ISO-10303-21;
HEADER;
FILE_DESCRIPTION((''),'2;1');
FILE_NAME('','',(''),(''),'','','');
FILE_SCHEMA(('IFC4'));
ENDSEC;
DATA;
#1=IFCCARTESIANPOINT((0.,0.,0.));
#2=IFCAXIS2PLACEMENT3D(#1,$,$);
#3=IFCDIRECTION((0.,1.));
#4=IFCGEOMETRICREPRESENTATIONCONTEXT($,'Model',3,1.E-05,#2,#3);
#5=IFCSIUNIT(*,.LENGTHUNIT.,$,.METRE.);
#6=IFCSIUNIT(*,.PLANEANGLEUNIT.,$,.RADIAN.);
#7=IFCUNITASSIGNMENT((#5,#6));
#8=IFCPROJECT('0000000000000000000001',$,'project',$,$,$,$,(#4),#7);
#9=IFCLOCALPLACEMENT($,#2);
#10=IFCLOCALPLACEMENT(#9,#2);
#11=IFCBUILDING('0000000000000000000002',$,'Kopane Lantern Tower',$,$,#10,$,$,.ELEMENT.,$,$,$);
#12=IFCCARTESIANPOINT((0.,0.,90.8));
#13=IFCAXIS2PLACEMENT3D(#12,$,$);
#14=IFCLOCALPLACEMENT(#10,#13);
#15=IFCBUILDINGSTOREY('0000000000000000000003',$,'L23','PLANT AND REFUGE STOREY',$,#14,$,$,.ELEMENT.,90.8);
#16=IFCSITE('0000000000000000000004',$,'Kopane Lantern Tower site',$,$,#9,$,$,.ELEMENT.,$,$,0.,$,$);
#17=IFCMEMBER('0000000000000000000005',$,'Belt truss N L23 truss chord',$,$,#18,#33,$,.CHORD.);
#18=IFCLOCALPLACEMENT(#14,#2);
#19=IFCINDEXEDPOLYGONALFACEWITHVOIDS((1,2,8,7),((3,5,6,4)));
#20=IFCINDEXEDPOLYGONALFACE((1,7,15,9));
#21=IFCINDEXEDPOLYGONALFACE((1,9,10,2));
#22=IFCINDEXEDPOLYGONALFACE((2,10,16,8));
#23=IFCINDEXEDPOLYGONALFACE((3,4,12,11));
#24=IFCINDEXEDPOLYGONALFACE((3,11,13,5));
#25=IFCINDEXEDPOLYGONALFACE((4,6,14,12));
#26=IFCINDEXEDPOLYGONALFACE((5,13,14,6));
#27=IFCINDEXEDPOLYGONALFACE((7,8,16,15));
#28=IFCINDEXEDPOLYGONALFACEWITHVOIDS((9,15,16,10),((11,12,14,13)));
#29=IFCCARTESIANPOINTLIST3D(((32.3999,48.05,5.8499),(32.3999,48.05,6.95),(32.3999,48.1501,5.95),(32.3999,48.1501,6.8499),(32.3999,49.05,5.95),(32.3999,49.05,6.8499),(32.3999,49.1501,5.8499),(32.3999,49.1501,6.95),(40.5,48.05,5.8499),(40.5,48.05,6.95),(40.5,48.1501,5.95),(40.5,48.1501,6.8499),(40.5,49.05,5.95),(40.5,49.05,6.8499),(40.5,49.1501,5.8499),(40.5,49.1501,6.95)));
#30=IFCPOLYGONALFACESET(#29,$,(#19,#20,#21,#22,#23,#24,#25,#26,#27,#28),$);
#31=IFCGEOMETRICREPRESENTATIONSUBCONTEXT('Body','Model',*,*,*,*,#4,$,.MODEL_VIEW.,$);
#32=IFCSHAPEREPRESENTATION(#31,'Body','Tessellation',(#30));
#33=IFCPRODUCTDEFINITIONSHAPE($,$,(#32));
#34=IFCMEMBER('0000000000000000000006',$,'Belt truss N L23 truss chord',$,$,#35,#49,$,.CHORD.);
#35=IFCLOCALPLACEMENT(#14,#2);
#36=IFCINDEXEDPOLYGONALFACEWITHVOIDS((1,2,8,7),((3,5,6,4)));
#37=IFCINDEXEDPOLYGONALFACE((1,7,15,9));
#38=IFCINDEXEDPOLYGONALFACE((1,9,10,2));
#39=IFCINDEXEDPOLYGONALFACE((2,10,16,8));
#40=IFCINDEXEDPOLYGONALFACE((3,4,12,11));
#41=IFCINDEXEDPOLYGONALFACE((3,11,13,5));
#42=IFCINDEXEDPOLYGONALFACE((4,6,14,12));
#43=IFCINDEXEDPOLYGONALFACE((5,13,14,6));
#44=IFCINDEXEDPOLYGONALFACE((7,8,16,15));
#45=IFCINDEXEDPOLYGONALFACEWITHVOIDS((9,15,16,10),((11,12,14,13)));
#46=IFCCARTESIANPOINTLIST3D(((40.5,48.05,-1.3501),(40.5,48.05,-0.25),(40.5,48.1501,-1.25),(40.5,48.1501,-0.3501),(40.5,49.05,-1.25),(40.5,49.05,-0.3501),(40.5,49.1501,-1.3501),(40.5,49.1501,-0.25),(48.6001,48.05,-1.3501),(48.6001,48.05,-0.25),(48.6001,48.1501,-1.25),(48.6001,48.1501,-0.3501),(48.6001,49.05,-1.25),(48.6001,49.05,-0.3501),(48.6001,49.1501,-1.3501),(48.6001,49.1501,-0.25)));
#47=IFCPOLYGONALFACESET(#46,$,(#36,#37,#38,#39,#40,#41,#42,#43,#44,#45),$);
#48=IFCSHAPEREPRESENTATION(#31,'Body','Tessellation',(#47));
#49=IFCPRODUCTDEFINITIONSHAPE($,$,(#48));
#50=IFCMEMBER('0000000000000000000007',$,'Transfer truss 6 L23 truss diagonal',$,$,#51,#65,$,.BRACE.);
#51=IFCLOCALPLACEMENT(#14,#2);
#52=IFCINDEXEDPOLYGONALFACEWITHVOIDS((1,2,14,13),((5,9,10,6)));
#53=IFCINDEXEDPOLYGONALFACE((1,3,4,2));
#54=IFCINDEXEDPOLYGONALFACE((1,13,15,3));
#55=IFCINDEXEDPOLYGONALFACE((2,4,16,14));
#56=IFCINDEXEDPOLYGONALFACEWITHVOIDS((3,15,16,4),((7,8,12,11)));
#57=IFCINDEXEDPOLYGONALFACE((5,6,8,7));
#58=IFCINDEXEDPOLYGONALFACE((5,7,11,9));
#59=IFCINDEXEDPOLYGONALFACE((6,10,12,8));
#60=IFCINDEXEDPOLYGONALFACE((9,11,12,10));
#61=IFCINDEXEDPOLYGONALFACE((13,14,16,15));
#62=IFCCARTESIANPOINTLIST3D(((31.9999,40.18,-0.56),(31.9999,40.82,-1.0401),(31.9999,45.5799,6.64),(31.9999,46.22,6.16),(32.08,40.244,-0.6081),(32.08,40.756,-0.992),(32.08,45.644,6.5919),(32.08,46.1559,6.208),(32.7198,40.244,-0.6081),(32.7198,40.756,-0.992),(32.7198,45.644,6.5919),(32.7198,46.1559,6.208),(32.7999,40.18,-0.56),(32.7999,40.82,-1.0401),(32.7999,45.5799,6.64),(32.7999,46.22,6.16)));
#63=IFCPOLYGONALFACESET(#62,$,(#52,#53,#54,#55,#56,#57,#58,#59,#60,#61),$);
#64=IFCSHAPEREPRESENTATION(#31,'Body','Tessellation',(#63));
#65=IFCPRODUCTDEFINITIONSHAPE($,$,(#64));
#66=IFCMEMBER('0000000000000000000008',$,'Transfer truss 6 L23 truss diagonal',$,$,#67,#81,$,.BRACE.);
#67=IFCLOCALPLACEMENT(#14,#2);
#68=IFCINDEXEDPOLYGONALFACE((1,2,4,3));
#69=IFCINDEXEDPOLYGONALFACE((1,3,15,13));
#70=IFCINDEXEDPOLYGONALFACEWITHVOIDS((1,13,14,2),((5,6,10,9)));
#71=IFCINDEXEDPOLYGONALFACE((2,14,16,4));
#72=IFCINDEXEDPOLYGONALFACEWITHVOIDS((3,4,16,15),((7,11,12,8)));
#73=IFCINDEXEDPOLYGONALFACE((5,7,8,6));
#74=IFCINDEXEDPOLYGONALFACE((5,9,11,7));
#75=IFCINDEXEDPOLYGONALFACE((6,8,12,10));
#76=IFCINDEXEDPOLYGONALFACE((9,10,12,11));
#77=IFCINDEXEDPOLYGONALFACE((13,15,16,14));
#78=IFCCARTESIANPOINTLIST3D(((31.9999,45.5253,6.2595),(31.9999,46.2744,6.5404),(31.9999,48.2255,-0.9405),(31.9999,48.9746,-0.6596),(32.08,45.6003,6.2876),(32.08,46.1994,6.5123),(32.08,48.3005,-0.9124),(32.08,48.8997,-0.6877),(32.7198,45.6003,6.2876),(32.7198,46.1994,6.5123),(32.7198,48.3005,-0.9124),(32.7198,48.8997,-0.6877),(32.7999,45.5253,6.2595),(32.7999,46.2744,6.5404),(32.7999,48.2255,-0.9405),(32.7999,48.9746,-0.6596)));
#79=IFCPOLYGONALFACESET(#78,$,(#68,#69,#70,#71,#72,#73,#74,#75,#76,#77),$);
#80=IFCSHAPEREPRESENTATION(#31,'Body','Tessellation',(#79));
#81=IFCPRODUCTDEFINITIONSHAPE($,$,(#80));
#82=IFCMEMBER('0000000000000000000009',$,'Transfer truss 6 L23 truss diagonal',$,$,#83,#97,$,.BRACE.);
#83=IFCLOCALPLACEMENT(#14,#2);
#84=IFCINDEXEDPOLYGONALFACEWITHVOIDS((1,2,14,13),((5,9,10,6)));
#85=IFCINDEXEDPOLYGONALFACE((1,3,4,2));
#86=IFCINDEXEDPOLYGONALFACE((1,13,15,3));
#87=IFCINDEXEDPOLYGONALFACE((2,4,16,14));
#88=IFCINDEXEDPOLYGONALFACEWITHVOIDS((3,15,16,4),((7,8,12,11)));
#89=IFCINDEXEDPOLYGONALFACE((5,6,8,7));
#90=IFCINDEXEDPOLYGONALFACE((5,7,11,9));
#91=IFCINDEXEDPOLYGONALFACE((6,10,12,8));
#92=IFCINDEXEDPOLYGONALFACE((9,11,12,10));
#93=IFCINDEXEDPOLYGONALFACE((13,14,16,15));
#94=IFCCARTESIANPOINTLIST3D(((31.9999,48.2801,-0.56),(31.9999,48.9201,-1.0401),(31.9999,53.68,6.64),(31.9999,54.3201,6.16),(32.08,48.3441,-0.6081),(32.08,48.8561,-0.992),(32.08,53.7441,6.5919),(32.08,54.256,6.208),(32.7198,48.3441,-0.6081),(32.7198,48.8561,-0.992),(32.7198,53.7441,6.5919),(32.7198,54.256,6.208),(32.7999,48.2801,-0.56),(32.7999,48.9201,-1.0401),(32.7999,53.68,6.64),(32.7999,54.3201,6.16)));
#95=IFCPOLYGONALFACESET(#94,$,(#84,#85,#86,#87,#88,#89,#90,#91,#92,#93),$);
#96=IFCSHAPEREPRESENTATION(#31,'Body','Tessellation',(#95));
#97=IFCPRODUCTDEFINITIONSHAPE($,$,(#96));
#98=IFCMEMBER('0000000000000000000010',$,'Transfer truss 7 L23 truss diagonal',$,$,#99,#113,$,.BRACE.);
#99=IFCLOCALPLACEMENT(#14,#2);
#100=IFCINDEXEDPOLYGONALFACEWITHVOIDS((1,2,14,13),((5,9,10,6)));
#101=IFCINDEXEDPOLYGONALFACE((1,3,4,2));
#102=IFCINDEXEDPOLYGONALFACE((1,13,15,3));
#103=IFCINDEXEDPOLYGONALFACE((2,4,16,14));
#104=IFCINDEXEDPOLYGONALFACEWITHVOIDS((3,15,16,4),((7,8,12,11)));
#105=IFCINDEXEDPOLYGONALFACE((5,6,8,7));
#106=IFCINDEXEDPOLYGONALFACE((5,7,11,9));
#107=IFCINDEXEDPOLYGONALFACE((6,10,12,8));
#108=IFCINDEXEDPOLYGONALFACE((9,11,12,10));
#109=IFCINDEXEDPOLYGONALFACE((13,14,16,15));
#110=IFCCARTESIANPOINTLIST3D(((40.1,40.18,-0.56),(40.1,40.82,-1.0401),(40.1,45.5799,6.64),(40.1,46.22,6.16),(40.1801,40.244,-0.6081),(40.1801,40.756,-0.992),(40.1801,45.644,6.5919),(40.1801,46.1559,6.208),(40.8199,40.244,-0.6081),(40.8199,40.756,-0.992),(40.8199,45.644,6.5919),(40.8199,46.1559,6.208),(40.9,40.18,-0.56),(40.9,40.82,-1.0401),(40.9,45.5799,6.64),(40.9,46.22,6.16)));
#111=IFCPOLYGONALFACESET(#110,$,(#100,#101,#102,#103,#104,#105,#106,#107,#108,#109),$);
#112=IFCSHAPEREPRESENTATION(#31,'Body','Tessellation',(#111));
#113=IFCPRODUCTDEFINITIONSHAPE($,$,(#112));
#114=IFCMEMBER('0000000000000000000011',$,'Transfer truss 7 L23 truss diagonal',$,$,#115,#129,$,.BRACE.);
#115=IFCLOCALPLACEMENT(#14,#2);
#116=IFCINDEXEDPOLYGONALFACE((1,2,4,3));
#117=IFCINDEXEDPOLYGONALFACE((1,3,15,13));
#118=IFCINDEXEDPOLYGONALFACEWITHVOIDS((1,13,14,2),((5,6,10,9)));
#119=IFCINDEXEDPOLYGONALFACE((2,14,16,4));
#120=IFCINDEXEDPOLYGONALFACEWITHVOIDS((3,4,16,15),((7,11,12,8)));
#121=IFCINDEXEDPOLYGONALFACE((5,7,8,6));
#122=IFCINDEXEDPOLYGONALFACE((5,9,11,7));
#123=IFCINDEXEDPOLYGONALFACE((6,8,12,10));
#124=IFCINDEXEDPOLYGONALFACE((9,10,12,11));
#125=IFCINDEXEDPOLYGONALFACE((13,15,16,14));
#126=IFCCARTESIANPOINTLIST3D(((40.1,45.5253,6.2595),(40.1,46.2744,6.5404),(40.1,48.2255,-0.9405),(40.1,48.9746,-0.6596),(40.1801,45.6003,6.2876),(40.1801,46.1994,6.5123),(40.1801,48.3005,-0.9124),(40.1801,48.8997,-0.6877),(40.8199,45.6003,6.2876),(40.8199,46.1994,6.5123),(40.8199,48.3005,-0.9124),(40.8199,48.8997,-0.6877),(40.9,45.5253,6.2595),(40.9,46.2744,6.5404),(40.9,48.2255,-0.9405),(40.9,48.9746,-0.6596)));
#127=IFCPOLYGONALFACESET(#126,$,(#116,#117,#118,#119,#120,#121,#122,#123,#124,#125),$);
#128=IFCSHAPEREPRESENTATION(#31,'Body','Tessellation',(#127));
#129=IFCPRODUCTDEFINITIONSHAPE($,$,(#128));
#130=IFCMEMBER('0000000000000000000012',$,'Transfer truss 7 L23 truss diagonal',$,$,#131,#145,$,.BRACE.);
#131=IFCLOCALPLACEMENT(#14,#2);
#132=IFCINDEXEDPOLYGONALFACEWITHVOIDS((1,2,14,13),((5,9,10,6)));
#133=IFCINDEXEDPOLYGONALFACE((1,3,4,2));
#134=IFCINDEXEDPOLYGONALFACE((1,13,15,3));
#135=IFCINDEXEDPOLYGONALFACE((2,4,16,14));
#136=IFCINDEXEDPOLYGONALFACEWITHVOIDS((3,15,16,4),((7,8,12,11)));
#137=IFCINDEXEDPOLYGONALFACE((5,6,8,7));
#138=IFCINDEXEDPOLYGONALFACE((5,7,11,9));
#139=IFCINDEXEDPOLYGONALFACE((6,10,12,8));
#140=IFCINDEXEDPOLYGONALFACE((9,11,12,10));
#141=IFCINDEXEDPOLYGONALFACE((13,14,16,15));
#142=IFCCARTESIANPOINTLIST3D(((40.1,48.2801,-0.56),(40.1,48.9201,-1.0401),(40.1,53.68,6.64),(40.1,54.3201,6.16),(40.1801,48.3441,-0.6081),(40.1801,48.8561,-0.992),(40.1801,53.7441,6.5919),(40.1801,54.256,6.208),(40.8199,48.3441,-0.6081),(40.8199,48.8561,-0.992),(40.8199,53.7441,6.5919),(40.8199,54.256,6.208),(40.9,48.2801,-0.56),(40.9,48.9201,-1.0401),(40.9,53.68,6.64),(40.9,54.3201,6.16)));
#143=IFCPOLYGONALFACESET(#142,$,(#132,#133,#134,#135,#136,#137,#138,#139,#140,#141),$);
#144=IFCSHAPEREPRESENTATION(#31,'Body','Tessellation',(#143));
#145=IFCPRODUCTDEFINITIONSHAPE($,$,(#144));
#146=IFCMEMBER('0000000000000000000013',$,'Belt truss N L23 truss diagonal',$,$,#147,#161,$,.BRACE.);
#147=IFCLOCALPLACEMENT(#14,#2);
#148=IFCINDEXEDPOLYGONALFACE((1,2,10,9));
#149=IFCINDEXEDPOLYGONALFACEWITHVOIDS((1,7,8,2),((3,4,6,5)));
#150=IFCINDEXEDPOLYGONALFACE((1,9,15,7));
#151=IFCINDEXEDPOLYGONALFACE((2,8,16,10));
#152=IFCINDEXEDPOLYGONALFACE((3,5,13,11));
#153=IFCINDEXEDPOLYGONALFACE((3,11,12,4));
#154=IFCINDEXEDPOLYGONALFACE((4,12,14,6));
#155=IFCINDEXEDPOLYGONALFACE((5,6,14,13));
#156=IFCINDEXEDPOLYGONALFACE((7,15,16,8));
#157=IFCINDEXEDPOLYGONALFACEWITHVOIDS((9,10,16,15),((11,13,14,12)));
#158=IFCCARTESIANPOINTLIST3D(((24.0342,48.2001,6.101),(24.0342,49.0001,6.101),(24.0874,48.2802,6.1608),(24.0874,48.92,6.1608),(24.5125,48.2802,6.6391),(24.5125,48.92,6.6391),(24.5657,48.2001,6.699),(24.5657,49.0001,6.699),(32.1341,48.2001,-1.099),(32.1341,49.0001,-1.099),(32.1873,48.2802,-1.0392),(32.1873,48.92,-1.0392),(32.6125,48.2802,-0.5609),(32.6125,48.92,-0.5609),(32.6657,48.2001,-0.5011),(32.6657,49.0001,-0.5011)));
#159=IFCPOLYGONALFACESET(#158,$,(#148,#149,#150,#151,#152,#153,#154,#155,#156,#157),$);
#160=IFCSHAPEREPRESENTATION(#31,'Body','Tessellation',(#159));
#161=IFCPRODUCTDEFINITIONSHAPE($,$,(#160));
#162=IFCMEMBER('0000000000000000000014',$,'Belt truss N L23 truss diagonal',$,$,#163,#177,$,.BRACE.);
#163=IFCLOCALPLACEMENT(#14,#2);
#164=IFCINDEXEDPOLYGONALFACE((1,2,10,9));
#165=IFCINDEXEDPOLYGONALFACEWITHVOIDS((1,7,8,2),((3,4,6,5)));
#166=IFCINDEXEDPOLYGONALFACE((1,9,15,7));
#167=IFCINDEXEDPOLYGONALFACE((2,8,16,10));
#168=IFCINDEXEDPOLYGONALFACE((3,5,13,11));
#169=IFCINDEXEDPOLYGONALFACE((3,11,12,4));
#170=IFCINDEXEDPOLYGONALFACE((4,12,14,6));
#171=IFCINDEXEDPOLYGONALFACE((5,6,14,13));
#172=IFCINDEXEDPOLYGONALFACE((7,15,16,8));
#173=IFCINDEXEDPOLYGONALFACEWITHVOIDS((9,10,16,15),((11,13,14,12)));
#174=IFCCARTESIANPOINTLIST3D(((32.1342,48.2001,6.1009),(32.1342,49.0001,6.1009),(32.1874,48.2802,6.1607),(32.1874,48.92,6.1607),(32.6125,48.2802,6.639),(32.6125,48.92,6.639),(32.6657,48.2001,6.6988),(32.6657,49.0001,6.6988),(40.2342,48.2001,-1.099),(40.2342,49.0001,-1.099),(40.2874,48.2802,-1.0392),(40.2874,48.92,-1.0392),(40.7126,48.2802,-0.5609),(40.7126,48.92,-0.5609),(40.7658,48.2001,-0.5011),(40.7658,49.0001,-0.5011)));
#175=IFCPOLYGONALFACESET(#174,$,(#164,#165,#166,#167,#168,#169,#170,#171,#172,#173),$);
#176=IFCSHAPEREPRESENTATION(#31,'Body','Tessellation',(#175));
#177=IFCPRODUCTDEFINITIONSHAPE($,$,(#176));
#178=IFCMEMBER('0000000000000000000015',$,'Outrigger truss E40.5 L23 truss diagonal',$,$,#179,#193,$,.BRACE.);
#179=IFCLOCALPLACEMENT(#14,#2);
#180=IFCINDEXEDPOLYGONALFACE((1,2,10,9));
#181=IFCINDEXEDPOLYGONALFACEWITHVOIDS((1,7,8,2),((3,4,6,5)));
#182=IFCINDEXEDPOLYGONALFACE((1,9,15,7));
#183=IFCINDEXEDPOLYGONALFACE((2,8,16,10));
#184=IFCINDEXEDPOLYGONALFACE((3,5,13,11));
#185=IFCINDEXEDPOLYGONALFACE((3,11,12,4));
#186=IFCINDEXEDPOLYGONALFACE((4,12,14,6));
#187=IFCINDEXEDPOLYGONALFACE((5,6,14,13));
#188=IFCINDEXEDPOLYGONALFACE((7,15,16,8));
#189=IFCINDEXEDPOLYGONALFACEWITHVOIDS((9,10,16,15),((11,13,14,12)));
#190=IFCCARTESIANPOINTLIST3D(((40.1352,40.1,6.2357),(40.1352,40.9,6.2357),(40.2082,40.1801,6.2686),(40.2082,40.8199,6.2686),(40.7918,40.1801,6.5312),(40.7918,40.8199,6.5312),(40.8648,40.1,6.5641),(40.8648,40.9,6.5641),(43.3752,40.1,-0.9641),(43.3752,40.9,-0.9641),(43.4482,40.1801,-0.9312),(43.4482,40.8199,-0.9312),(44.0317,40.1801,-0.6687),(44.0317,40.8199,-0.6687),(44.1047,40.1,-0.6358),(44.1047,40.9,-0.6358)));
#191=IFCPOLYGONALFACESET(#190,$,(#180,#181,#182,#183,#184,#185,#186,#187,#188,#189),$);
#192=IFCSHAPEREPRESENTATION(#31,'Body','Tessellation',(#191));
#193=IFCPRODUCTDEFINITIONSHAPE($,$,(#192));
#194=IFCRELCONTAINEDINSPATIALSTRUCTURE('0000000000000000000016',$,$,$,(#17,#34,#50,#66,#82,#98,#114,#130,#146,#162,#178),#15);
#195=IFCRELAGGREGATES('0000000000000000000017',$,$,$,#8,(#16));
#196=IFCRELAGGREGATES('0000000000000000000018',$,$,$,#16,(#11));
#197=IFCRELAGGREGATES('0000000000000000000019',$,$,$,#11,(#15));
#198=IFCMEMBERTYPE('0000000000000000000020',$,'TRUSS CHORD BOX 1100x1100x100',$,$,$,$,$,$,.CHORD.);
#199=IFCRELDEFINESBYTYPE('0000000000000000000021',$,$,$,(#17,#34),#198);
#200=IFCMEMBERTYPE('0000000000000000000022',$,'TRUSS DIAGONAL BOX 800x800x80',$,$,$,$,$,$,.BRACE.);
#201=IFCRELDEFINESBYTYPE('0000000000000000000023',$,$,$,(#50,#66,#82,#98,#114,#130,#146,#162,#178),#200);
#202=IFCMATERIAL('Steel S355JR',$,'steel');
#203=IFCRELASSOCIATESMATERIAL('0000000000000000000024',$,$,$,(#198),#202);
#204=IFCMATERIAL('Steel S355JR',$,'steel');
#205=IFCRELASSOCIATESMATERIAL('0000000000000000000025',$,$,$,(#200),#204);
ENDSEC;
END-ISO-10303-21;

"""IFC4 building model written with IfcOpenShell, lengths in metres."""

from ifc_helpers import new_model, si_unit, direction, frame, origin, origin_2d, place, context, subcontext, project, spatial, hollow_rectangle, extrude, material, material_profile, profile_set, type_object, element, save


model = new_model("IFC4")

# Units and contexts
model_context = context("Model", 3, precision=1e-05, world=origin(), true_north=direction((0.0, 1.0)))
body_context = subcontext(model_context, "Body", "Model", "MODEL_VIEW")
ifc_project = project(units=[si_unit("LENGTHUNIT", "METRE"), si_unit("PLANEANGLEUNIT", "RADIAN")], contexts=[model_context])

# Site, building, storey
site_placement = place(None, origin())
site = spatial("IfcSite", under=ifc_project, at=site_placement, Name="Kopane Lantern Tower site", CompositionType="ELEMENT", RefElevation=0.0)
building_placement = place(site_placement, origin())
building = spatial("IfcBuilding", under=site, at=building_placement, Name="Kopane Lantern Tower", CompositionType="ELEMENT")
storey_placement = place(building_placement, frame((0.0, 0.0, 90.8)))
storey = spatial("IfcBuildingStorey", under=building, at=storey_placement, Name="L23", Description="PLANT AND REFUGE STOREY", CompositionType="ELEMENT", Elevation=90.8)

# Members
ifc_material_1 = material(Name="Steel S355JR", Category="steel")
ifc_material_profile_1 = material_profile(ifc_material_1, hollow_rectangle(XDim=1.1001, YDim=1.1001, WallThickness=0.1001, at=origin_2d()), Name="BOX 1100x1100x100")
ifc_profile_set_1 = profile_set([ifc_material_profile_1], Name="Steel S355JR")
member_type_1 = type_object("IfcMemberType", Name="TRUSS CHORD BOX 1100x1100x100", PredefinedType="CHORD", material=ifc_profile_set_1)
for number, where, z_axis, x_axis, name in (
    (1, (32.3999, 48.6001, 6.3999), (1.0, 0.0, 0.0), (0.0, 1.0, 0.0), "Belt truss N L23 truss chord"),
    (2, (40.5, 48.6001, -0.8), (1.0, 0.0, 0.0), (0.0, 1.0, 0.0), "Belt truss N L23 truss chord"),
):
    element("IfcMember", number, at=place(storey_placement, frame(where, z_axis=z_axis, x_axis=x_axis)), inside=storey, type_object=member_type_1, Name=name, PredefinedType="CHORD", context=body_context, shape_type="SweptSolid", body=[
        extrude(hollow_rectangle(XDim=1.1001, YDim=1.1001, WallThickness=0.1001, at=origin_2d()), origin(), (0.0, 0.0, 1.0), 8.1001),
    ])
ifc_material_2 = material(Name="Steel S355JR", Category="steel")
ifc_material_profile_2 = material_profile(ifc_material_2, hollow_rectangle(XDim=0.8, YDim=0.8, WallThickness=0.0801, at=origin_2d()), Name="BOX 800x800x80")
ifc_profile_set_2 = profile_set([ifc_material_profile_2], Name="Steel S355JR")
member_type_2 = type_object("IfcMemberType", Name="TRUSS DIAGONAL BOX 800x800x80", PredefinedType="BRACE", material=ifc_profile_set_2)
member_1_placement = place(storey_placement, frame((32.3999, 40.5, -0.8), z_axis=(0.0, 0.599996, 0.800003), x_axis=(-1.0, 0.0, 0.0)))
element("IfcMember", 3, at=member_1_placement, inside=storey, type_object=member_type_2, Name="Transfer truss 6 L23 truss diagonal", PredefinedType="BRACE", context=body_context, shape_type="SweptSolid", body=[
    extrude(hollow_rectangle(XDim=0.8, YDim=0.8, WallThickness=0.0801, at=origin_2d()), origin(), (0.0, 0.0, 1.0), 9.0),
])
member_2_placement = place(storey_placement, frame((32.3999, 48.6001, -0.8), z_axis=(0.0, -0.351148, 0.93632), x_axis=(1.0, 0.0, 0.0)))
element("IfcMember", 4, at=member_2_placement, inside=storey, type_object=member_type_2, Name="Transfer truss 6 L23 truss diagonal", PredefinedType="BRACE", context=body_context, shape_type="SweptSolid", body=[
    extrude(hollow_rectangle(XDim=0.8, YDim=0.8, WallThickness=0.0801, at=origin_2d()), origin(), (0.0, 0.0, 1.0), 7.6897),
])
for number, where, z_axis, x_axis, name in (
    (5, (32.3999, 48.6001, -0.8), (0.0, 0.599996, 0.800003), (-1.0, 0.0, 0.0), "Transfer truss 6 L23 truss diagonal"),
    (6, (40.5, 40.5, -0.8), (0.0, 0.599996, 0.800003), (-1.0, 0.0, 0.0), "Transfer truss 7 L23 truss diagonal"),
):
    element("IfcMember", number, at=place(storey_placement, frame(where, z_axis=z_axis, x_axis=x_axis)), inside=storey, type_object=member_type_2, Name=name, PredefinedType="BRACE", context=body_context, shape_type="SweptSolid", body=[
        extrude(hollow_rectangle(XDim=0.8, YDim=0.8, WallThickness=0.0801, at=origin_2d()), origin(), (0.0, 0.0, 1.0), 9.0),
    ])
member_3_placement = place(storey_placement, frame((40.5, 48.6001, -0.8), z_axis=(0.0, -0.351148, 0.93632), x_axis=(1.0, 0.0, 0.0)))
element("IfcMember", 7, at=member_3_placement, inside=storey, type_object=member_type_2, Name="Transfer truss 7 L23 truss diagonal", PredefinedType="BRACE", context=body_context, shape_type="SweptSolid", body=[
    extrude(hollow_rectangle(XDim=0.8, YDim=0.8, WallThickness=0.0801, at=origin_2d()), origin(), (0.0, 0.0, 1.0), 7.6897),
])
member_4_placement = place(storey_placement, frame((40.5, 48.6001, -0.8), z_axis=(0.0, 0.599996, 0.800003), x_axis=(-1.0, 0.0, 0.0)))
element("IfcMember", 8, at=member_4_placement, inside=storey, type_object=member_type_2, Name="Transfer truss 7 L23 truss diagonal", PredefinedType="BRACE", context=body_context, shape_type="SweptSolid", body=[
    extrude(hollow_rectangle(XDim=0.8, YDim=0.8, WallThickness=0.0801, at=origin_2d()), origin(), (0.0, 0.0, 1.0), 9.0),
])
for number, where, z_axis, x_axis, name in (
    (9, (32.3999, 48.6001, -0.8), (-0.747406, 0.0, 0.664368), (0.0, -1.0, 0.0), "Belt truss N L23 truss diagonal"),
    (10, (40.5, 48.6001, -0.8), (-0.747416, 0.0, 0.664357), (0.0, -1.0, 0.0), "Belt truss N L23 truss diagonal"),
):
    element("IfcMember", number, at=place(storey_placement, frame(where, z_axis=z_axis, x_axis=x_axis)), inside=storey, type_object=member_type_2, Name=name, PredefinedType="BRACE", context=body_context, shape_type="SweptSolid", body=[
        extrude(hollow_rectangle(XDim=0.8, YDim=0.8, WallThickness=0.0801, at=origin_2d()), origin(), (0.0, 0.0, 1.0), 10.8374),
    ])
member_5_placement = place(storey_placement, frame((40.5, 40.5, 6.3999), z_axis=(0.410366, 0.0, -0.911921), x_axis=(0.0, 1.0, 0.0)))
element("IfcMember", 11, at=member_5_placement, inside=storey, type_object=member_type_2, Name="Outrigger truss E40.5 L23 truss diagonal", PredefinedType="BRACE", context=body_context, shape_type="SweptSolid", body=[
    extrude(hollow_rectangle(XDim=0.8, YDim=0.8, WallThickness=0.0801, at=origin_2d()), origin(), (0.0, 0.0, 1.0), 7.8953),
])

save(model, "model.ifc")
